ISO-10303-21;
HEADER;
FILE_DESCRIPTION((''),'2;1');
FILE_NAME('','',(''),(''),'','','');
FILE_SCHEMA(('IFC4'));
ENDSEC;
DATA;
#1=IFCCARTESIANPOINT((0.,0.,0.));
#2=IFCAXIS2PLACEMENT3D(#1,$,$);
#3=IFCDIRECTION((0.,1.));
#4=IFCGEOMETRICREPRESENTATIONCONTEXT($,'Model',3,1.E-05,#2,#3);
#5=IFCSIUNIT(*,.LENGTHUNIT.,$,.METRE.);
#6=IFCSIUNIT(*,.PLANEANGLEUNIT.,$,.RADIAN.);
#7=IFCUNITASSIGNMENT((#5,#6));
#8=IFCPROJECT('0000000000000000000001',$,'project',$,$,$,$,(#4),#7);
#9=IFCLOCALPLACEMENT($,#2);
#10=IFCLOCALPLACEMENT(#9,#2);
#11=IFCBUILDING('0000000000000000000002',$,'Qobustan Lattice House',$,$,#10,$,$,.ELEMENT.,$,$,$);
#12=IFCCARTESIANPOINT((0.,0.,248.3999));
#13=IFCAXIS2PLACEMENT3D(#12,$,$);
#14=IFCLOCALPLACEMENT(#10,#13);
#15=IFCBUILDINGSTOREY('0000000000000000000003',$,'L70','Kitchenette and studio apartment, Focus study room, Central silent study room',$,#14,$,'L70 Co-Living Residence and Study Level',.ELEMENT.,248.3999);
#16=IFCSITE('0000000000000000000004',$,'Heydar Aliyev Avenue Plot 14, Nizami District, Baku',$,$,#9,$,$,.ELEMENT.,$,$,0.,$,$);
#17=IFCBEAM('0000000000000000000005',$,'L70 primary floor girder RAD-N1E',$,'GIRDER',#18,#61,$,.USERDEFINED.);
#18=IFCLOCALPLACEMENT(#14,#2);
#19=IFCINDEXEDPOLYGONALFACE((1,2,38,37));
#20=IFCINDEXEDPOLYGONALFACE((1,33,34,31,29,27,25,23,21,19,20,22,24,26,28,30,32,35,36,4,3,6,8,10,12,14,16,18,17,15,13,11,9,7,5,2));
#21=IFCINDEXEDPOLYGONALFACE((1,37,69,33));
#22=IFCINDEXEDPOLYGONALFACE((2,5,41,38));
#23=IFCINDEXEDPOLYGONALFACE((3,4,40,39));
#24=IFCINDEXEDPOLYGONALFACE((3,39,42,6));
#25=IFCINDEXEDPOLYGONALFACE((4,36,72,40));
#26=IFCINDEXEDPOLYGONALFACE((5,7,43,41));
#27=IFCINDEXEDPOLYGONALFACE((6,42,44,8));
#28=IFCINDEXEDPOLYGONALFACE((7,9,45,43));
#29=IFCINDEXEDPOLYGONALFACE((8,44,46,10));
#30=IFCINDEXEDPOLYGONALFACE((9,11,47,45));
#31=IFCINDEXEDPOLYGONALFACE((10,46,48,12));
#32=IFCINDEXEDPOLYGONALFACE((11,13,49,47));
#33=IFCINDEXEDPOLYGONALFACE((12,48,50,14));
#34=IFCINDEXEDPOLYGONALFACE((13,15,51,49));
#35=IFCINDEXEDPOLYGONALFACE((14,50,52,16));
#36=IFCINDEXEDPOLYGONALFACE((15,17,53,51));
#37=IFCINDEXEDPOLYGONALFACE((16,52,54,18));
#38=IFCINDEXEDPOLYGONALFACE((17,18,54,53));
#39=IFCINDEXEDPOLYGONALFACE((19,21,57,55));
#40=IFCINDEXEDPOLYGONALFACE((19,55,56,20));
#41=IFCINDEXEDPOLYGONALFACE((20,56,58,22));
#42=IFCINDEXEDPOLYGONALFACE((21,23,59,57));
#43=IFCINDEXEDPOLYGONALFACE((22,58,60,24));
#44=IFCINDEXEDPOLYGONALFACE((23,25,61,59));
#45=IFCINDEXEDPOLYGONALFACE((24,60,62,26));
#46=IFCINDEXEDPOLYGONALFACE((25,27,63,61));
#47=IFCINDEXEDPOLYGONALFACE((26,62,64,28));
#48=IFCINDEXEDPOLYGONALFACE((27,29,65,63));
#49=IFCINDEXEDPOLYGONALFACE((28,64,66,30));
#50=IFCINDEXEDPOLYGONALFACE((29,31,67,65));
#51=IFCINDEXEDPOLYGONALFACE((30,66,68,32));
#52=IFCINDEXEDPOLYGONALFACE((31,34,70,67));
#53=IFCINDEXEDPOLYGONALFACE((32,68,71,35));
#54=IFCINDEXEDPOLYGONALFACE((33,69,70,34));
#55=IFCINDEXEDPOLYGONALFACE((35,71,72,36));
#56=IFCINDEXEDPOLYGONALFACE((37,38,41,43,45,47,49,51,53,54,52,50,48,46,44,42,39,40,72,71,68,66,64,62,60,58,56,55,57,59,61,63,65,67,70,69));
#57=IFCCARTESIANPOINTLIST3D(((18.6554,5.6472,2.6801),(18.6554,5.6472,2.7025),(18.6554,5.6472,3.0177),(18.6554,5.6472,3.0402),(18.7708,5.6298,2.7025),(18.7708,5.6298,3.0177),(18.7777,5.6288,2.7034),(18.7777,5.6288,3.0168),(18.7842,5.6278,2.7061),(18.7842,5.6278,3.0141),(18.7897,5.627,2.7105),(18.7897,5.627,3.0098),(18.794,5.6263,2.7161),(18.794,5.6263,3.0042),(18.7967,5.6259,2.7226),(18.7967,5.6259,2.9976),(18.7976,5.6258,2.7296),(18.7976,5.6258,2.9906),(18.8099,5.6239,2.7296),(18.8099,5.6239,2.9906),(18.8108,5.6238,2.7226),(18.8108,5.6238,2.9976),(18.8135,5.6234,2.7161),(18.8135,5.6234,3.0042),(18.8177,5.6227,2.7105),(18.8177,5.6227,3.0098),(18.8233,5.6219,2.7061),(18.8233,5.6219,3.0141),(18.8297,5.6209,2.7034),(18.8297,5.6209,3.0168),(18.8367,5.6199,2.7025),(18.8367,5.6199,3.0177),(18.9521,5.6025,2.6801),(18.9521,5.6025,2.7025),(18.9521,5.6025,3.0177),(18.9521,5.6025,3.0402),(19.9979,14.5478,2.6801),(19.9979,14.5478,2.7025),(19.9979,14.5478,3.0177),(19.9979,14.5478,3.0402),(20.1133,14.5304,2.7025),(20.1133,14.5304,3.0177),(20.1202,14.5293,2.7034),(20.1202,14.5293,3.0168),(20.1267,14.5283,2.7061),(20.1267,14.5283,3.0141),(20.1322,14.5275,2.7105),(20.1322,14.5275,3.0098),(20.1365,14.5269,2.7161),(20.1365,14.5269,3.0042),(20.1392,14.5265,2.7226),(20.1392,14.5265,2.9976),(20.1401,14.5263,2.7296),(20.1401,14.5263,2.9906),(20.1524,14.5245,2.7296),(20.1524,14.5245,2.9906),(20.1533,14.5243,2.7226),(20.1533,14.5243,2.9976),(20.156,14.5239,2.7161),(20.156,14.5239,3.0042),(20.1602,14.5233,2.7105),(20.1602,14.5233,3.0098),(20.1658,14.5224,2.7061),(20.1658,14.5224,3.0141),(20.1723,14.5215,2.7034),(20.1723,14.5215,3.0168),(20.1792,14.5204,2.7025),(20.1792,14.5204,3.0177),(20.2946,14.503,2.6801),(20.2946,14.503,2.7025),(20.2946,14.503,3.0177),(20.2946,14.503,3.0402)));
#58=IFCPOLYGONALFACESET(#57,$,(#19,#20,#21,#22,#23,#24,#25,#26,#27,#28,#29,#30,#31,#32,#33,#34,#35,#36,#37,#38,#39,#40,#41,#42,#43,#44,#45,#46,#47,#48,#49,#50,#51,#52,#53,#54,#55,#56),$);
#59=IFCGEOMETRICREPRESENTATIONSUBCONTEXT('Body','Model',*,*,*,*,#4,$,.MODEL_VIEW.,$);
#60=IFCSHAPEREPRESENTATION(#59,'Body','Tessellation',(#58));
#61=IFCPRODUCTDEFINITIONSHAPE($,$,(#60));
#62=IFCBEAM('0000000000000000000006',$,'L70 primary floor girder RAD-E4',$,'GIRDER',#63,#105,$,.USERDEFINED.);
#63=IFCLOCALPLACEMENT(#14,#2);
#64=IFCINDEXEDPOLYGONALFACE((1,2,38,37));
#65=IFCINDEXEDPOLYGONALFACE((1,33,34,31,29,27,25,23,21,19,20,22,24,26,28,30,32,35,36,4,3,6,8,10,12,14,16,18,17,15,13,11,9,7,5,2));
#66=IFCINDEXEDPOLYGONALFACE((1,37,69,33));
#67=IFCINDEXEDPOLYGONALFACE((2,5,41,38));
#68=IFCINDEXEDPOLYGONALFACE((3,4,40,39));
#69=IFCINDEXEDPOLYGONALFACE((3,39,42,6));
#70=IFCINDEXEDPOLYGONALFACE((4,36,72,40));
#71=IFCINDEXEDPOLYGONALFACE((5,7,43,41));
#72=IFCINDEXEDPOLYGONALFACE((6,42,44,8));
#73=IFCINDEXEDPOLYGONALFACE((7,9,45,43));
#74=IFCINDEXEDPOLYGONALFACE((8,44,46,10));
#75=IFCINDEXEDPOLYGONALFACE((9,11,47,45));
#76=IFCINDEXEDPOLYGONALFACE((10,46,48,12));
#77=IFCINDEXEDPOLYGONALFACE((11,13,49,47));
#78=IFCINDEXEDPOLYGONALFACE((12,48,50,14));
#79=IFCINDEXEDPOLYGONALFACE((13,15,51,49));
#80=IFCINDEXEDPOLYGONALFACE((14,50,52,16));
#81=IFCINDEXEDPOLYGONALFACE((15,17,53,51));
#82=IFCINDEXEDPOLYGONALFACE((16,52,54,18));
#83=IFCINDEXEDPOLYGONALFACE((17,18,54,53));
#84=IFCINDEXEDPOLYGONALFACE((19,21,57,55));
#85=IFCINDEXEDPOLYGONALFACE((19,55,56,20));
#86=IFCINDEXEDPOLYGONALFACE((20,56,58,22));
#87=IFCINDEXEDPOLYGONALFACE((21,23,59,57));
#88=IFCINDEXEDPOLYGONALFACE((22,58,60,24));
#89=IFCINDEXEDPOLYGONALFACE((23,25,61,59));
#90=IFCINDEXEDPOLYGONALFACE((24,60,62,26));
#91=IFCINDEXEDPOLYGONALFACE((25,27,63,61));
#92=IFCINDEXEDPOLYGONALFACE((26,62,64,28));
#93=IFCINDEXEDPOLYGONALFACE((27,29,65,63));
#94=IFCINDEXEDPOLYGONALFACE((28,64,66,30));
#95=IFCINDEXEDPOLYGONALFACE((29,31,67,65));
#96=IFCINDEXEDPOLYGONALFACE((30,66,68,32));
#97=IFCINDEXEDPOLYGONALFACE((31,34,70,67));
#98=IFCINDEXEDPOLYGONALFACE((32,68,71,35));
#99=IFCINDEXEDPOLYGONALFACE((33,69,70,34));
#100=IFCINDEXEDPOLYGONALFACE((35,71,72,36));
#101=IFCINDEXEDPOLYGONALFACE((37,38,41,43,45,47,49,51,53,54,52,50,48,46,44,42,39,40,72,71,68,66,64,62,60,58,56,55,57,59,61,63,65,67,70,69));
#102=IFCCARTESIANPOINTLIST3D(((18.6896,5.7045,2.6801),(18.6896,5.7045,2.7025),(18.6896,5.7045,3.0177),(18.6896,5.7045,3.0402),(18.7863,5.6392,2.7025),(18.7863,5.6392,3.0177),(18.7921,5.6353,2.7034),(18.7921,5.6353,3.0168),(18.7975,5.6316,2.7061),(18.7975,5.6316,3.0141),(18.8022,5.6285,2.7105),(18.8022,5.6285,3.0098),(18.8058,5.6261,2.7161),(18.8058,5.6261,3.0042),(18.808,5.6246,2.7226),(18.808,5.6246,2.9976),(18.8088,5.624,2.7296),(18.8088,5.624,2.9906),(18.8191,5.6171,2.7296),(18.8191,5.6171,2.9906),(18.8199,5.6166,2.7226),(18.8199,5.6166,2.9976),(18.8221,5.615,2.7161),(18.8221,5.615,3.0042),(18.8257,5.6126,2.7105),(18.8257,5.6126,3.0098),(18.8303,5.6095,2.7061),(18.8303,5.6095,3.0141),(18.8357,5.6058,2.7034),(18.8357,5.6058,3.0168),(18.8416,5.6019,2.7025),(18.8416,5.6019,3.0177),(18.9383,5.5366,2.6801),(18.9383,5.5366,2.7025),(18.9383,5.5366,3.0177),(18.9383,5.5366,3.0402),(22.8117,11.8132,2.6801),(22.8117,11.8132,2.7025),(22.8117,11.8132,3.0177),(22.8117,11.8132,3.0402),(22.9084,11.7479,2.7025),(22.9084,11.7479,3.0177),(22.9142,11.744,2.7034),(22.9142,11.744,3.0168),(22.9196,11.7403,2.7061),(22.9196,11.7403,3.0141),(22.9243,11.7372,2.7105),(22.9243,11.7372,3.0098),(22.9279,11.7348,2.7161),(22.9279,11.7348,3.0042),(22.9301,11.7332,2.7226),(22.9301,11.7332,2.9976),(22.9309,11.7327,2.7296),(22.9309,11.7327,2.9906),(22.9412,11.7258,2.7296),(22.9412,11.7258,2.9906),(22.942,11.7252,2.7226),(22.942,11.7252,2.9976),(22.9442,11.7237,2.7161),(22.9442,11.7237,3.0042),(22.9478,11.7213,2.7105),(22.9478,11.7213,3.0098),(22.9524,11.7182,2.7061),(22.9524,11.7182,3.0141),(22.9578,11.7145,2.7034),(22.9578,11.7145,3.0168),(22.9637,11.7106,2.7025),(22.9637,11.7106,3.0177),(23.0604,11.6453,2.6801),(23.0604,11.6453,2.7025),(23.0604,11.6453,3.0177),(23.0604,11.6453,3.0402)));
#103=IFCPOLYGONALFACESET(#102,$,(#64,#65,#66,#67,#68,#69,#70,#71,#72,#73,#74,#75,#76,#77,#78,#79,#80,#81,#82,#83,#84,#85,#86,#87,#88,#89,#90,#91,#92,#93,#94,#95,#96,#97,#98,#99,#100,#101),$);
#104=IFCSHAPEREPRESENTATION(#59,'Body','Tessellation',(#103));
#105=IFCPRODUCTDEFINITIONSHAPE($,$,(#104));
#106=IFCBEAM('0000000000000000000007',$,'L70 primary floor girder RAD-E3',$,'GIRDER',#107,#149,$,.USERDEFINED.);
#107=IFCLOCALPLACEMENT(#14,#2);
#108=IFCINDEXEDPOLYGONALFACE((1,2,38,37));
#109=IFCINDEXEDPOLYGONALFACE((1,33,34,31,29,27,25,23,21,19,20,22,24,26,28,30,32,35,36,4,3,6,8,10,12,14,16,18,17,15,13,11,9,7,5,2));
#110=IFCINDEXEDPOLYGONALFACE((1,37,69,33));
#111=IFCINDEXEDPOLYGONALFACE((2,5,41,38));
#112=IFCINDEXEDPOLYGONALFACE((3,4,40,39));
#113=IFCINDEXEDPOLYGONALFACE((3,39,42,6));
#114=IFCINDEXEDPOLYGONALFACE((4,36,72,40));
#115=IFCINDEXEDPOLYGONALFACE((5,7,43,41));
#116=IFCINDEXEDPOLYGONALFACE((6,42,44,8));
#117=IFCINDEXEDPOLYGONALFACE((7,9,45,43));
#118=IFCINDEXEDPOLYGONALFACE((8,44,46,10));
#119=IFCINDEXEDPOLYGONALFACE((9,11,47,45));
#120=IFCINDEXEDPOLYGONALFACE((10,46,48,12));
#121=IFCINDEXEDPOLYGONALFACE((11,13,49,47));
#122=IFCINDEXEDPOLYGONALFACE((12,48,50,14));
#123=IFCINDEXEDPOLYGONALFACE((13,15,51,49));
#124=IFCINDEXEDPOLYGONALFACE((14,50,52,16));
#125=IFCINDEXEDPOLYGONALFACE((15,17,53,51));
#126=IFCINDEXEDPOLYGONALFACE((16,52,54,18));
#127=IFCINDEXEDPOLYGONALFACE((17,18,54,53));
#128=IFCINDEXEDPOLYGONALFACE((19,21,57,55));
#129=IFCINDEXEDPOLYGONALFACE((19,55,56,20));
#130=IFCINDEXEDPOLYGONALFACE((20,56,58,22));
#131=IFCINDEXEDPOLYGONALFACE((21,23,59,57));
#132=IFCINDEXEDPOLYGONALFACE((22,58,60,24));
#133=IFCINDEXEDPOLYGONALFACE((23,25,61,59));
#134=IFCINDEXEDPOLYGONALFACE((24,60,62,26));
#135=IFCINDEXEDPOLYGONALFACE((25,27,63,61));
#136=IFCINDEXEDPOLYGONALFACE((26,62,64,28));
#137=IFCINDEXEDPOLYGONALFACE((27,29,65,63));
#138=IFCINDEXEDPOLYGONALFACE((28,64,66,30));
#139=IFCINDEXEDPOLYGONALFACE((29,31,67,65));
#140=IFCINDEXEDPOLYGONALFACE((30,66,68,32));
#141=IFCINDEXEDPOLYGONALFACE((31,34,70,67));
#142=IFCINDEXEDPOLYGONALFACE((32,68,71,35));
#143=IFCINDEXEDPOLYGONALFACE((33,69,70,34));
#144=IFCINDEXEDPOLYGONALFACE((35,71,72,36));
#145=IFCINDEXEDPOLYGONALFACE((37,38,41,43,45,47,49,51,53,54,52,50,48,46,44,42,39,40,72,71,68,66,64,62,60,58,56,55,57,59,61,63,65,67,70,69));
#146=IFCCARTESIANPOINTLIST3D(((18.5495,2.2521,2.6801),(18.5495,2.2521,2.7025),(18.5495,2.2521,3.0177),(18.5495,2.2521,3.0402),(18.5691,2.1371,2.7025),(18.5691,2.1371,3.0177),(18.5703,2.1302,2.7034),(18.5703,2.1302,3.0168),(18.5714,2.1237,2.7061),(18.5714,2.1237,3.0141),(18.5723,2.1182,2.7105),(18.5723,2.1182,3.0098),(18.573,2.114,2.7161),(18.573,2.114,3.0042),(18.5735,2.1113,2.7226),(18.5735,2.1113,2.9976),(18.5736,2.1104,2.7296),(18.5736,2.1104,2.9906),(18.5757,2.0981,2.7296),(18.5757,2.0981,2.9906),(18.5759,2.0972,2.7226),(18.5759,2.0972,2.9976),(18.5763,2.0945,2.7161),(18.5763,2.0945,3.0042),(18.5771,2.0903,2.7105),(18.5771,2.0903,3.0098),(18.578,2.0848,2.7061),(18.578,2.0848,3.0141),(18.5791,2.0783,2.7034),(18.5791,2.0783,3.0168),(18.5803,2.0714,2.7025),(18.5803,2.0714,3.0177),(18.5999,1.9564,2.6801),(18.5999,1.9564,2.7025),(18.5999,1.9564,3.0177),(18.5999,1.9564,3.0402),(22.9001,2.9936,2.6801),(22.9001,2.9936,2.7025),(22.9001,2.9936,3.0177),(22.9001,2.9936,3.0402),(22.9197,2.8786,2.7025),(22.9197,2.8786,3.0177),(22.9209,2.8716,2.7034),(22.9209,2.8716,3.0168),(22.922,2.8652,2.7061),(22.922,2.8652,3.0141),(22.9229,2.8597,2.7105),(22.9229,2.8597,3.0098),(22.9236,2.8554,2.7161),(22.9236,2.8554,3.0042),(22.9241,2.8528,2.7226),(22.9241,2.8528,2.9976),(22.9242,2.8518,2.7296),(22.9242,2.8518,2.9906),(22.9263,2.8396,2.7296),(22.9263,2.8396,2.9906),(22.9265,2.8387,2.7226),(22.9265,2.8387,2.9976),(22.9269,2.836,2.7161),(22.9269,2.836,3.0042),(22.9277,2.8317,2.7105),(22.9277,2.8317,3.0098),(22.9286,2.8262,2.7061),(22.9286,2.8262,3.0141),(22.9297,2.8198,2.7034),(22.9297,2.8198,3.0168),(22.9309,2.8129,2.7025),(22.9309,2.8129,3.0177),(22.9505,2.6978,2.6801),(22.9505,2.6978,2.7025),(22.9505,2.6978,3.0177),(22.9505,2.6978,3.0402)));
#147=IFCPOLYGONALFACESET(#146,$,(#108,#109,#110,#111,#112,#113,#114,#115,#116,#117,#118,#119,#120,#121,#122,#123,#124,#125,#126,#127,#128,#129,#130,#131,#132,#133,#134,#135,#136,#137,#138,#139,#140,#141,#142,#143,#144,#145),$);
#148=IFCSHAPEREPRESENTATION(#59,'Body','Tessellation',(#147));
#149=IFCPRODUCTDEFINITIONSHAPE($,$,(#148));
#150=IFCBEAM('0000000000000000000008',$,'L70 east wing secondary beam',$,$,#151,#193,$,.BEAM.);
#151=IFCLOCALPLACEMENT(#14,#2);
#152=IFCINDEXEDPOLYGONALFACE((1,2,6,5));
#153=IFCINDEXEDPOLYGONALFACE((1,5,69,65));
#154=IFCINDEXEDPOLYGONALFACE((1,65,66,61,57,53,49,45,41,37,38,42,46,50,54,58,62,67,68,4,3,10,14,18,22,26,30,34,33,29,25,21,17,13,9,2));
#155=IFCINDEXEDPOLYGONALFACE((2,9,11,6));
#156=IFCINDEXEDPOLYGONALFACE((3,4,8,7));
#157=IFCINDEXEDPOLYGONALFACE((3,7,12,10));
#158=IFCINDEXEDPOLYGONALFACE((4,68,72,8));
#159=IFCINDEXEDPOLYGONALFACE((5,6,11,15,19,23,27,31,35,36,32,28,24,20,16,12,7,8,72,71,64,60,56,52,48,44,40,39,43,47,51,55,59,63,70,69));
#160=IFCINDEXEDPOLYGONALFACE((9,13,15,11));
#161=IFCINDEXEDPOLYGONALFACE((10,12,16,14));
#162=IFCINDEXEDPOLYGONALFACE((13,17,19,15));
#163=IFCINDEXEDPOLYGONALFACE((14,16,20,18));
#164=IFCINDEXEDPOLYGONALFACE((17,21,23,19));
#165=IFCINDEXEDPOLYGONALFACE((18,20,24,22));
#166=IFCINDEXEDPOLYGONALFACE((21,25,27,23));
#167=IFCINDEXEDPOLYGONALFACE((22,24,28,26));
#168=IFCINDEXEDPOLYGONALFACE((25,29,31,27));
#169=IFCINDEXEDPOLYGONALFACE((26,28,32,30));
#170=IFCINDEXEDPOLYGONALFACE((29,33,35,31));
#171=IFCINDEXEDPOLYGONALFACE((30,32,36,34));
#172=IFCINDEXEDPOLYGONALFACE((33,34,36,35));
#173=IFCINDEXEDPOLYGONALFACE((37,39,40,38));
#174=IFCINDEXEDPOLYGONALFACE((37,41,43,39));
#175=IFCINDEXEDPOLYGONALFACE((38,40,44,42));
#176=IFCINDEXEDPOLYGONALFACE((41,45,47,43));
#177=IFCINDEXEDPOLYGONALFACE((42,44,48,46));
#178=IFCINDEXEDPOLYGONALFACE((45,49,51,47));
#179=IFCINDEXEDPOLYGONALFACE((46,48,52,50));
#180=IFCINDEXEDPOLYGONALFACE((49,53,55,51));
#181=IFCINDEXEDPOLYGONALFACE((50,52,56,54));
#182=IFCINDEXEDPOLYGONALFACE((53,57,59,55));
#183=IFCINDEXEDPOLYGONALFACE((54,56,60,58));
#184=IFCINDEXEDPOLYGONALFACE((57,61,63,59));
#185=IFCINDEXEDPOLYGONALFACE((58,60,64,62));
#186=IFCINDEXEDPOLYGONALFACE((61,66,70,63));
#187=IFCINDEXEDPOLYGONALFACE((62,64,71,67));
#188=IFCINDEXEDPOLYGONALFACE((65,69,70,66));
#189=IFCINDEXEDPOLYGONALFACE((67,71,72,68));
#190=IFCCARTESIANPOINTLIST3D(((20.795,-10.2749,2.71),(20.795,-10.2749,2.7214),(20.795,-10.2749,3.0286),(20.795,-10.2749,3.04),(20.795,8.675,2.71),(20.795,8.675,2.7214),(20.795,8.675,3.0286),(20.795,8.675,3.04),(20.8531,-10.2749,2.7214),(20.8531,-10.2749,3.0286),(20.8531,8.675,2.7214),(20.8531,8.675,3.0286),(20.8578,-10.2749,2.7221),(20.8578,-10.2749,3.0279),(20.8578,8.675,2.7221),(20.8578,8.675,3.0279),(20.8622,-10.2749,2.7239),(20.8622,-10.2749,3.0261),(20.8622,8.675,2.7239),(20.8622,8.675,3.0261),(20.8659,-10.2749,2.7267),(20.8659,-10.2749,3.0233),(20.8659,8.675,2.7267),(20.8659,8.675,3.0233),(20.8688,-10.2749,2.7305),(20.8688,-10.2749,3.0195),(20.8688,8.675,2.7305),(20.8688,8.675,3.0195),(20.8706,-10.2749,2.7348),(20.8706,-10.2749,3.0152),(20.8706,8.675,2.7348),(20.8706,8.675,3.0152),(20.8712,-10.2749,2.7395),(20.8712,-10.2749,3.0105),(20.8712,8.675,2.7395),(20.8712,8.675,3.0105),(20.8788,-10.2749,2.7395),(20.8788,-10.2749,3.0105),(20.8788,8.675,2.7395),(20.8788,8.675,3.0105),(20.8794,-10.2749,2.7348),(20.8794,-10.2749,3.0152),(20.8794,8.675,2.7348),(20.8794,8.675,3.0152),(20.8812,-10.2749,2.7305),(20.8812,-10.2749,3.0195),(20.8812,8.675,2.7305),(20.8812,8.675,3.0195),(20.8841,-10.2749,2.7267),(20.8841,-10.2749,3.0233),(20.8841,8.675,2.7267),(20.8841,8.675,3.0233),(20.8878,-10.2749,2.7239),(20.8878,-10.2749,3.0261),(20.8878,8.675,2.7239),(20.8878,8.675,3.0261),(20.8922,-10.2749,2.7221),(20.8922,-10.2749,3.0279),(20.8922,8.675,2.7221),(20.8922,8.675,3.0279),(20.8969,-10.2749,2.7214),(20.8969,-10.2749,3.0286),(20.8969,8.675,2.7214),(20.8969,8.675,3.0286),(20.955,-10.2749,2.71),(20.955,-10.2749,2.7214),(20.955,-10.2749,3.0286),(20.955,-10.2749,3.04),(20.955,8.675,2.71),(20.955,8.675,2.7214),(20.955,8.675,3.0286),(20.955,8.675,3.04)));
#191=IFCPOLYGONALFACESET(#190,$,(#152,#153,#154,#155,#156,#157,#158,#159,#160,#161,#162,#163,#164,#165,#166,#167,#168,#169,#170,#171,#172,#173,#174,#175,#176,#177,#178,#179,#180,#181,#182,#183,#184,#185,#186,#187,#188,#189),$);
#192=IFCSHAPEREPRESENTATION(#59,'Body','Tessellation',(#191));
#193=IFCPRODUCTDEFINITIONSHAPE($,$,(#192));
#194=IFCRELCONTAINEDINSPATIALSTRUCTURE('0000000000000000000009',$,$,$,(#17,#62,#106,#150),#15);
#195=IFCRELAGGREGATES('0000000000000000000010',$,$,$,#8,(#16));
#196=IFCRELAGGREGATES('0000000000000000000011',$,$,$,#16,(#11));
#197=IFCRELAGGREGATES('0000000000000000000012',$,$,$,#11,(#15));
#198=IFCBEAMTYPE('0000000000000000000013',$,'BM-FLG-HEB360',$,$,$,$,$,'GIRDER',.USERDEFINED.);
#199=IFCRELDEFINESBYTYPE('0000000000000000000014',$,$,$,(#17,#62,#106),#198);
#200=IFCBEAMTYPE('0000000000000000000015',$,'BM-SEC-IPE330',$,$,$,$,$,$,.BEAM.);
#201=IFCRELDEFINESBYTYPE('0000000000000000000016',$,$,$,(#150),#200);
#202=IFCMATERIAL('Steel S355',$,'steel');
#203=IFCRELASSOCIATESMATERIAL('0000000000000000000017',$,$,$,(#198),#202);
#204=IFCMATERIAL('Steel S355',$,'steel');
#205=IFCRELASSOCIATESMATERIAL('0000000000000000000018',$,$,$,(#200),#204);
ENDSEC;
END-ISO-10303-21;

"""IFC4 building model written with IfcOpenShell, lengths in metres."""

from ifc_helpers import new_model, si_unit, direction, frame, origin, origin_2d, place, context, subcontext, project, spatial, i_section, extrude, material, material_profile, profile_set, type_object, element, save


model = new_model("IFC4")

# Units and contexts
model_context = context("Model", 3, precision=1e-05, world=origin(), true_north=direction((0.0, 1.0)))
body_context = subcontext(model_context, "Body", "Model", "MODEL_VIEW")
ifc_project = project(units=[si_unit("LENGTHUNIT", "METRE"), si_unit("PLANEANGLEUNIT", "RADIAN")], contexts=[model_context])

# Site, building, storey
site_placement = place(None, origin())
site = spatial("IfcSite", under=ifc_project, at=site_placement, Name="Heydar Aliyev Avenue Plot 14, Nizami District, Baku", CompositionType="ELEMENT", RefElevation=0.0)
building_placement = place(site_placement, origin())
building = spatial("IfcBuilding", under=site, at=building_placement, Name="Qobustan Lattice House", CompositionType="ELEMENT")
storey_placement = place(building_placement, frame((0.0, 0.0, 248.3999)))
storey = spatial("IfcBuildingStorey", under=building, at=storey_placement, Name="L70", Description="Kitchenette and studio apartment, Focus study room, Central silent study room", LongName="L70 Co-Living Residence and Study Level", CompositionType="ELEMENT", Elevation=248.3999)

# Beams
ifc_material_1 = material(Name="Steel S355", Category="steel")
ifc_material_profile_1 = material_profile(ifc_material_1, i_section(OverallWidth=0.3, OverallDepth=0.3601, WebThickness=0.0125, FlangeThickness=0.0225, FilletRadius=0.0271, at=origin_2d()), Name="HEB360")
ifc_profile_set_1 = profile_set([ifc_material_profile_1], Name="Steel S355")
beam_type_1 = type_object("IfcBeamType", Name="BM-FLG-HEB360", ElementType="GIRDER", PredefinedType="USERDEFINED", material=ifc_profile_set_1)
beam_1_placement = place(storey_placement, frame((20.1462, 14.5254, 2.8601), z_axis=(-0.149148, -0.988815, 0.0), x_axis=(0.988815, -0.149148, 0.0)))
element("IfcBeam", 1, at=beam_1_placement, inside=storey, type_object=beam_type_1, Name="L70 primary floor girder RAD-N1E", ObjectType="GIRDER", PredefinedType="USERDEFINED", context=body_context, shape_type="SweptSolid", body=[
    extrude(i_section(OverallWidth=0.3, OverallDepth=0.3601, WebThickness=0.0125, FlangeThickness=0.0225, FilletRadius=0.0271, at=origin_2d()), origin(), (0.0, 0.0, 1.0), 9.0012),
])
beam_2_placement = place(storey_placement, frame((22.936, 11.7292, 2.8601), z_axis=(-0.559355, -0.828928, 0.0), x_axis=(0.828928, -0.559355, 0.0)))
element("IfcBeam", 2, at=beam_2_placement, inside=storey, type_object=beam_type_1, Name="L70 primary floor girder RAD-E4", ObjectType="GIRDER", PredefinedType="USERDEFINED", context=body_context, shape_type="SweptSolid", body=[
    extrude(i_section(OverallWidth=0.3, OverallDepth=0.3601, WebThickness=0.0125, FlangeThickness=0.0225, FilletRadius=0.0271, at=origin_2d()), origin(), (0.0, 0.0, 1.0), 7.3694),
])
beam_3_placement = place(storey_placement, frame((22.9253, 2.8457, 2.8601), z_axis=(-0.985786, -0.168004, 0.0), x_axis=(0.168004, -0.985786, 0.0)))
element("IfcBeam", 3, at=beam_3_placement, inside=storey, type_object=beam_type_1, Name="L70 primary floor girder RAD-E3", ObjectType="GIRDER", PredefinedType="USERDEFINED", context=body_context, shape_type="SweptSolid", body=[
    extrude(i_section(OverallWidth=0.3, OverallDepth=0.3601, WebThickness=0.0125, FlangeThickness=0.0225, FilletRadius=0.0271, at=origin_2d()), origin(), (0.0, 0.0, 1.0), 4.4133),
])
ifc_material_2 = material(Name="Steel S355", Category="steel")
ifc_material_profile_2 = material_profile(ifc_material_2, i_section(OverallWidth=0.1599, OverallDepth=0.3301, WebThickness=0.0076, FlangeThickness=0.0115, FilletRadius=0.0181, at=origin_2d()), Name="IPE330")
ifc_profile_set_2 = profile_set([ifc_material_profile_2], Name="Steel S355")
beam_type_2 = type_object("IfcBeamType", Name="BM-SEC-IPE330", PredefinedType="BEAM", material=ifc_profile_set_2)
beam_4_placement = place(storey_placement, frame((20.875, 8.675, 2.875), z_axis=(0.0, -1.0, 0.0), x_axis=(1.0, 0.0, 0.0)))
element("IfcBeam", 4, at=beam_4_placement, inside=storey, type_object=beam_type_2, Name="L70 east wing secondary beam", PredefinedType="BEAM", context=body_context, shape_type="SweptSolid", body=[
    extrude(i_section(OverallWidth=0.1599, OverallDepth=0.3301, WebThickness=0.0076, FlangeThickness=0.0115, FilletRadius=0.0181, at=origin_2d()), origin(), (0.0, 0.0, 1.0), 18.95),
])

save(model, "model.ifc")
